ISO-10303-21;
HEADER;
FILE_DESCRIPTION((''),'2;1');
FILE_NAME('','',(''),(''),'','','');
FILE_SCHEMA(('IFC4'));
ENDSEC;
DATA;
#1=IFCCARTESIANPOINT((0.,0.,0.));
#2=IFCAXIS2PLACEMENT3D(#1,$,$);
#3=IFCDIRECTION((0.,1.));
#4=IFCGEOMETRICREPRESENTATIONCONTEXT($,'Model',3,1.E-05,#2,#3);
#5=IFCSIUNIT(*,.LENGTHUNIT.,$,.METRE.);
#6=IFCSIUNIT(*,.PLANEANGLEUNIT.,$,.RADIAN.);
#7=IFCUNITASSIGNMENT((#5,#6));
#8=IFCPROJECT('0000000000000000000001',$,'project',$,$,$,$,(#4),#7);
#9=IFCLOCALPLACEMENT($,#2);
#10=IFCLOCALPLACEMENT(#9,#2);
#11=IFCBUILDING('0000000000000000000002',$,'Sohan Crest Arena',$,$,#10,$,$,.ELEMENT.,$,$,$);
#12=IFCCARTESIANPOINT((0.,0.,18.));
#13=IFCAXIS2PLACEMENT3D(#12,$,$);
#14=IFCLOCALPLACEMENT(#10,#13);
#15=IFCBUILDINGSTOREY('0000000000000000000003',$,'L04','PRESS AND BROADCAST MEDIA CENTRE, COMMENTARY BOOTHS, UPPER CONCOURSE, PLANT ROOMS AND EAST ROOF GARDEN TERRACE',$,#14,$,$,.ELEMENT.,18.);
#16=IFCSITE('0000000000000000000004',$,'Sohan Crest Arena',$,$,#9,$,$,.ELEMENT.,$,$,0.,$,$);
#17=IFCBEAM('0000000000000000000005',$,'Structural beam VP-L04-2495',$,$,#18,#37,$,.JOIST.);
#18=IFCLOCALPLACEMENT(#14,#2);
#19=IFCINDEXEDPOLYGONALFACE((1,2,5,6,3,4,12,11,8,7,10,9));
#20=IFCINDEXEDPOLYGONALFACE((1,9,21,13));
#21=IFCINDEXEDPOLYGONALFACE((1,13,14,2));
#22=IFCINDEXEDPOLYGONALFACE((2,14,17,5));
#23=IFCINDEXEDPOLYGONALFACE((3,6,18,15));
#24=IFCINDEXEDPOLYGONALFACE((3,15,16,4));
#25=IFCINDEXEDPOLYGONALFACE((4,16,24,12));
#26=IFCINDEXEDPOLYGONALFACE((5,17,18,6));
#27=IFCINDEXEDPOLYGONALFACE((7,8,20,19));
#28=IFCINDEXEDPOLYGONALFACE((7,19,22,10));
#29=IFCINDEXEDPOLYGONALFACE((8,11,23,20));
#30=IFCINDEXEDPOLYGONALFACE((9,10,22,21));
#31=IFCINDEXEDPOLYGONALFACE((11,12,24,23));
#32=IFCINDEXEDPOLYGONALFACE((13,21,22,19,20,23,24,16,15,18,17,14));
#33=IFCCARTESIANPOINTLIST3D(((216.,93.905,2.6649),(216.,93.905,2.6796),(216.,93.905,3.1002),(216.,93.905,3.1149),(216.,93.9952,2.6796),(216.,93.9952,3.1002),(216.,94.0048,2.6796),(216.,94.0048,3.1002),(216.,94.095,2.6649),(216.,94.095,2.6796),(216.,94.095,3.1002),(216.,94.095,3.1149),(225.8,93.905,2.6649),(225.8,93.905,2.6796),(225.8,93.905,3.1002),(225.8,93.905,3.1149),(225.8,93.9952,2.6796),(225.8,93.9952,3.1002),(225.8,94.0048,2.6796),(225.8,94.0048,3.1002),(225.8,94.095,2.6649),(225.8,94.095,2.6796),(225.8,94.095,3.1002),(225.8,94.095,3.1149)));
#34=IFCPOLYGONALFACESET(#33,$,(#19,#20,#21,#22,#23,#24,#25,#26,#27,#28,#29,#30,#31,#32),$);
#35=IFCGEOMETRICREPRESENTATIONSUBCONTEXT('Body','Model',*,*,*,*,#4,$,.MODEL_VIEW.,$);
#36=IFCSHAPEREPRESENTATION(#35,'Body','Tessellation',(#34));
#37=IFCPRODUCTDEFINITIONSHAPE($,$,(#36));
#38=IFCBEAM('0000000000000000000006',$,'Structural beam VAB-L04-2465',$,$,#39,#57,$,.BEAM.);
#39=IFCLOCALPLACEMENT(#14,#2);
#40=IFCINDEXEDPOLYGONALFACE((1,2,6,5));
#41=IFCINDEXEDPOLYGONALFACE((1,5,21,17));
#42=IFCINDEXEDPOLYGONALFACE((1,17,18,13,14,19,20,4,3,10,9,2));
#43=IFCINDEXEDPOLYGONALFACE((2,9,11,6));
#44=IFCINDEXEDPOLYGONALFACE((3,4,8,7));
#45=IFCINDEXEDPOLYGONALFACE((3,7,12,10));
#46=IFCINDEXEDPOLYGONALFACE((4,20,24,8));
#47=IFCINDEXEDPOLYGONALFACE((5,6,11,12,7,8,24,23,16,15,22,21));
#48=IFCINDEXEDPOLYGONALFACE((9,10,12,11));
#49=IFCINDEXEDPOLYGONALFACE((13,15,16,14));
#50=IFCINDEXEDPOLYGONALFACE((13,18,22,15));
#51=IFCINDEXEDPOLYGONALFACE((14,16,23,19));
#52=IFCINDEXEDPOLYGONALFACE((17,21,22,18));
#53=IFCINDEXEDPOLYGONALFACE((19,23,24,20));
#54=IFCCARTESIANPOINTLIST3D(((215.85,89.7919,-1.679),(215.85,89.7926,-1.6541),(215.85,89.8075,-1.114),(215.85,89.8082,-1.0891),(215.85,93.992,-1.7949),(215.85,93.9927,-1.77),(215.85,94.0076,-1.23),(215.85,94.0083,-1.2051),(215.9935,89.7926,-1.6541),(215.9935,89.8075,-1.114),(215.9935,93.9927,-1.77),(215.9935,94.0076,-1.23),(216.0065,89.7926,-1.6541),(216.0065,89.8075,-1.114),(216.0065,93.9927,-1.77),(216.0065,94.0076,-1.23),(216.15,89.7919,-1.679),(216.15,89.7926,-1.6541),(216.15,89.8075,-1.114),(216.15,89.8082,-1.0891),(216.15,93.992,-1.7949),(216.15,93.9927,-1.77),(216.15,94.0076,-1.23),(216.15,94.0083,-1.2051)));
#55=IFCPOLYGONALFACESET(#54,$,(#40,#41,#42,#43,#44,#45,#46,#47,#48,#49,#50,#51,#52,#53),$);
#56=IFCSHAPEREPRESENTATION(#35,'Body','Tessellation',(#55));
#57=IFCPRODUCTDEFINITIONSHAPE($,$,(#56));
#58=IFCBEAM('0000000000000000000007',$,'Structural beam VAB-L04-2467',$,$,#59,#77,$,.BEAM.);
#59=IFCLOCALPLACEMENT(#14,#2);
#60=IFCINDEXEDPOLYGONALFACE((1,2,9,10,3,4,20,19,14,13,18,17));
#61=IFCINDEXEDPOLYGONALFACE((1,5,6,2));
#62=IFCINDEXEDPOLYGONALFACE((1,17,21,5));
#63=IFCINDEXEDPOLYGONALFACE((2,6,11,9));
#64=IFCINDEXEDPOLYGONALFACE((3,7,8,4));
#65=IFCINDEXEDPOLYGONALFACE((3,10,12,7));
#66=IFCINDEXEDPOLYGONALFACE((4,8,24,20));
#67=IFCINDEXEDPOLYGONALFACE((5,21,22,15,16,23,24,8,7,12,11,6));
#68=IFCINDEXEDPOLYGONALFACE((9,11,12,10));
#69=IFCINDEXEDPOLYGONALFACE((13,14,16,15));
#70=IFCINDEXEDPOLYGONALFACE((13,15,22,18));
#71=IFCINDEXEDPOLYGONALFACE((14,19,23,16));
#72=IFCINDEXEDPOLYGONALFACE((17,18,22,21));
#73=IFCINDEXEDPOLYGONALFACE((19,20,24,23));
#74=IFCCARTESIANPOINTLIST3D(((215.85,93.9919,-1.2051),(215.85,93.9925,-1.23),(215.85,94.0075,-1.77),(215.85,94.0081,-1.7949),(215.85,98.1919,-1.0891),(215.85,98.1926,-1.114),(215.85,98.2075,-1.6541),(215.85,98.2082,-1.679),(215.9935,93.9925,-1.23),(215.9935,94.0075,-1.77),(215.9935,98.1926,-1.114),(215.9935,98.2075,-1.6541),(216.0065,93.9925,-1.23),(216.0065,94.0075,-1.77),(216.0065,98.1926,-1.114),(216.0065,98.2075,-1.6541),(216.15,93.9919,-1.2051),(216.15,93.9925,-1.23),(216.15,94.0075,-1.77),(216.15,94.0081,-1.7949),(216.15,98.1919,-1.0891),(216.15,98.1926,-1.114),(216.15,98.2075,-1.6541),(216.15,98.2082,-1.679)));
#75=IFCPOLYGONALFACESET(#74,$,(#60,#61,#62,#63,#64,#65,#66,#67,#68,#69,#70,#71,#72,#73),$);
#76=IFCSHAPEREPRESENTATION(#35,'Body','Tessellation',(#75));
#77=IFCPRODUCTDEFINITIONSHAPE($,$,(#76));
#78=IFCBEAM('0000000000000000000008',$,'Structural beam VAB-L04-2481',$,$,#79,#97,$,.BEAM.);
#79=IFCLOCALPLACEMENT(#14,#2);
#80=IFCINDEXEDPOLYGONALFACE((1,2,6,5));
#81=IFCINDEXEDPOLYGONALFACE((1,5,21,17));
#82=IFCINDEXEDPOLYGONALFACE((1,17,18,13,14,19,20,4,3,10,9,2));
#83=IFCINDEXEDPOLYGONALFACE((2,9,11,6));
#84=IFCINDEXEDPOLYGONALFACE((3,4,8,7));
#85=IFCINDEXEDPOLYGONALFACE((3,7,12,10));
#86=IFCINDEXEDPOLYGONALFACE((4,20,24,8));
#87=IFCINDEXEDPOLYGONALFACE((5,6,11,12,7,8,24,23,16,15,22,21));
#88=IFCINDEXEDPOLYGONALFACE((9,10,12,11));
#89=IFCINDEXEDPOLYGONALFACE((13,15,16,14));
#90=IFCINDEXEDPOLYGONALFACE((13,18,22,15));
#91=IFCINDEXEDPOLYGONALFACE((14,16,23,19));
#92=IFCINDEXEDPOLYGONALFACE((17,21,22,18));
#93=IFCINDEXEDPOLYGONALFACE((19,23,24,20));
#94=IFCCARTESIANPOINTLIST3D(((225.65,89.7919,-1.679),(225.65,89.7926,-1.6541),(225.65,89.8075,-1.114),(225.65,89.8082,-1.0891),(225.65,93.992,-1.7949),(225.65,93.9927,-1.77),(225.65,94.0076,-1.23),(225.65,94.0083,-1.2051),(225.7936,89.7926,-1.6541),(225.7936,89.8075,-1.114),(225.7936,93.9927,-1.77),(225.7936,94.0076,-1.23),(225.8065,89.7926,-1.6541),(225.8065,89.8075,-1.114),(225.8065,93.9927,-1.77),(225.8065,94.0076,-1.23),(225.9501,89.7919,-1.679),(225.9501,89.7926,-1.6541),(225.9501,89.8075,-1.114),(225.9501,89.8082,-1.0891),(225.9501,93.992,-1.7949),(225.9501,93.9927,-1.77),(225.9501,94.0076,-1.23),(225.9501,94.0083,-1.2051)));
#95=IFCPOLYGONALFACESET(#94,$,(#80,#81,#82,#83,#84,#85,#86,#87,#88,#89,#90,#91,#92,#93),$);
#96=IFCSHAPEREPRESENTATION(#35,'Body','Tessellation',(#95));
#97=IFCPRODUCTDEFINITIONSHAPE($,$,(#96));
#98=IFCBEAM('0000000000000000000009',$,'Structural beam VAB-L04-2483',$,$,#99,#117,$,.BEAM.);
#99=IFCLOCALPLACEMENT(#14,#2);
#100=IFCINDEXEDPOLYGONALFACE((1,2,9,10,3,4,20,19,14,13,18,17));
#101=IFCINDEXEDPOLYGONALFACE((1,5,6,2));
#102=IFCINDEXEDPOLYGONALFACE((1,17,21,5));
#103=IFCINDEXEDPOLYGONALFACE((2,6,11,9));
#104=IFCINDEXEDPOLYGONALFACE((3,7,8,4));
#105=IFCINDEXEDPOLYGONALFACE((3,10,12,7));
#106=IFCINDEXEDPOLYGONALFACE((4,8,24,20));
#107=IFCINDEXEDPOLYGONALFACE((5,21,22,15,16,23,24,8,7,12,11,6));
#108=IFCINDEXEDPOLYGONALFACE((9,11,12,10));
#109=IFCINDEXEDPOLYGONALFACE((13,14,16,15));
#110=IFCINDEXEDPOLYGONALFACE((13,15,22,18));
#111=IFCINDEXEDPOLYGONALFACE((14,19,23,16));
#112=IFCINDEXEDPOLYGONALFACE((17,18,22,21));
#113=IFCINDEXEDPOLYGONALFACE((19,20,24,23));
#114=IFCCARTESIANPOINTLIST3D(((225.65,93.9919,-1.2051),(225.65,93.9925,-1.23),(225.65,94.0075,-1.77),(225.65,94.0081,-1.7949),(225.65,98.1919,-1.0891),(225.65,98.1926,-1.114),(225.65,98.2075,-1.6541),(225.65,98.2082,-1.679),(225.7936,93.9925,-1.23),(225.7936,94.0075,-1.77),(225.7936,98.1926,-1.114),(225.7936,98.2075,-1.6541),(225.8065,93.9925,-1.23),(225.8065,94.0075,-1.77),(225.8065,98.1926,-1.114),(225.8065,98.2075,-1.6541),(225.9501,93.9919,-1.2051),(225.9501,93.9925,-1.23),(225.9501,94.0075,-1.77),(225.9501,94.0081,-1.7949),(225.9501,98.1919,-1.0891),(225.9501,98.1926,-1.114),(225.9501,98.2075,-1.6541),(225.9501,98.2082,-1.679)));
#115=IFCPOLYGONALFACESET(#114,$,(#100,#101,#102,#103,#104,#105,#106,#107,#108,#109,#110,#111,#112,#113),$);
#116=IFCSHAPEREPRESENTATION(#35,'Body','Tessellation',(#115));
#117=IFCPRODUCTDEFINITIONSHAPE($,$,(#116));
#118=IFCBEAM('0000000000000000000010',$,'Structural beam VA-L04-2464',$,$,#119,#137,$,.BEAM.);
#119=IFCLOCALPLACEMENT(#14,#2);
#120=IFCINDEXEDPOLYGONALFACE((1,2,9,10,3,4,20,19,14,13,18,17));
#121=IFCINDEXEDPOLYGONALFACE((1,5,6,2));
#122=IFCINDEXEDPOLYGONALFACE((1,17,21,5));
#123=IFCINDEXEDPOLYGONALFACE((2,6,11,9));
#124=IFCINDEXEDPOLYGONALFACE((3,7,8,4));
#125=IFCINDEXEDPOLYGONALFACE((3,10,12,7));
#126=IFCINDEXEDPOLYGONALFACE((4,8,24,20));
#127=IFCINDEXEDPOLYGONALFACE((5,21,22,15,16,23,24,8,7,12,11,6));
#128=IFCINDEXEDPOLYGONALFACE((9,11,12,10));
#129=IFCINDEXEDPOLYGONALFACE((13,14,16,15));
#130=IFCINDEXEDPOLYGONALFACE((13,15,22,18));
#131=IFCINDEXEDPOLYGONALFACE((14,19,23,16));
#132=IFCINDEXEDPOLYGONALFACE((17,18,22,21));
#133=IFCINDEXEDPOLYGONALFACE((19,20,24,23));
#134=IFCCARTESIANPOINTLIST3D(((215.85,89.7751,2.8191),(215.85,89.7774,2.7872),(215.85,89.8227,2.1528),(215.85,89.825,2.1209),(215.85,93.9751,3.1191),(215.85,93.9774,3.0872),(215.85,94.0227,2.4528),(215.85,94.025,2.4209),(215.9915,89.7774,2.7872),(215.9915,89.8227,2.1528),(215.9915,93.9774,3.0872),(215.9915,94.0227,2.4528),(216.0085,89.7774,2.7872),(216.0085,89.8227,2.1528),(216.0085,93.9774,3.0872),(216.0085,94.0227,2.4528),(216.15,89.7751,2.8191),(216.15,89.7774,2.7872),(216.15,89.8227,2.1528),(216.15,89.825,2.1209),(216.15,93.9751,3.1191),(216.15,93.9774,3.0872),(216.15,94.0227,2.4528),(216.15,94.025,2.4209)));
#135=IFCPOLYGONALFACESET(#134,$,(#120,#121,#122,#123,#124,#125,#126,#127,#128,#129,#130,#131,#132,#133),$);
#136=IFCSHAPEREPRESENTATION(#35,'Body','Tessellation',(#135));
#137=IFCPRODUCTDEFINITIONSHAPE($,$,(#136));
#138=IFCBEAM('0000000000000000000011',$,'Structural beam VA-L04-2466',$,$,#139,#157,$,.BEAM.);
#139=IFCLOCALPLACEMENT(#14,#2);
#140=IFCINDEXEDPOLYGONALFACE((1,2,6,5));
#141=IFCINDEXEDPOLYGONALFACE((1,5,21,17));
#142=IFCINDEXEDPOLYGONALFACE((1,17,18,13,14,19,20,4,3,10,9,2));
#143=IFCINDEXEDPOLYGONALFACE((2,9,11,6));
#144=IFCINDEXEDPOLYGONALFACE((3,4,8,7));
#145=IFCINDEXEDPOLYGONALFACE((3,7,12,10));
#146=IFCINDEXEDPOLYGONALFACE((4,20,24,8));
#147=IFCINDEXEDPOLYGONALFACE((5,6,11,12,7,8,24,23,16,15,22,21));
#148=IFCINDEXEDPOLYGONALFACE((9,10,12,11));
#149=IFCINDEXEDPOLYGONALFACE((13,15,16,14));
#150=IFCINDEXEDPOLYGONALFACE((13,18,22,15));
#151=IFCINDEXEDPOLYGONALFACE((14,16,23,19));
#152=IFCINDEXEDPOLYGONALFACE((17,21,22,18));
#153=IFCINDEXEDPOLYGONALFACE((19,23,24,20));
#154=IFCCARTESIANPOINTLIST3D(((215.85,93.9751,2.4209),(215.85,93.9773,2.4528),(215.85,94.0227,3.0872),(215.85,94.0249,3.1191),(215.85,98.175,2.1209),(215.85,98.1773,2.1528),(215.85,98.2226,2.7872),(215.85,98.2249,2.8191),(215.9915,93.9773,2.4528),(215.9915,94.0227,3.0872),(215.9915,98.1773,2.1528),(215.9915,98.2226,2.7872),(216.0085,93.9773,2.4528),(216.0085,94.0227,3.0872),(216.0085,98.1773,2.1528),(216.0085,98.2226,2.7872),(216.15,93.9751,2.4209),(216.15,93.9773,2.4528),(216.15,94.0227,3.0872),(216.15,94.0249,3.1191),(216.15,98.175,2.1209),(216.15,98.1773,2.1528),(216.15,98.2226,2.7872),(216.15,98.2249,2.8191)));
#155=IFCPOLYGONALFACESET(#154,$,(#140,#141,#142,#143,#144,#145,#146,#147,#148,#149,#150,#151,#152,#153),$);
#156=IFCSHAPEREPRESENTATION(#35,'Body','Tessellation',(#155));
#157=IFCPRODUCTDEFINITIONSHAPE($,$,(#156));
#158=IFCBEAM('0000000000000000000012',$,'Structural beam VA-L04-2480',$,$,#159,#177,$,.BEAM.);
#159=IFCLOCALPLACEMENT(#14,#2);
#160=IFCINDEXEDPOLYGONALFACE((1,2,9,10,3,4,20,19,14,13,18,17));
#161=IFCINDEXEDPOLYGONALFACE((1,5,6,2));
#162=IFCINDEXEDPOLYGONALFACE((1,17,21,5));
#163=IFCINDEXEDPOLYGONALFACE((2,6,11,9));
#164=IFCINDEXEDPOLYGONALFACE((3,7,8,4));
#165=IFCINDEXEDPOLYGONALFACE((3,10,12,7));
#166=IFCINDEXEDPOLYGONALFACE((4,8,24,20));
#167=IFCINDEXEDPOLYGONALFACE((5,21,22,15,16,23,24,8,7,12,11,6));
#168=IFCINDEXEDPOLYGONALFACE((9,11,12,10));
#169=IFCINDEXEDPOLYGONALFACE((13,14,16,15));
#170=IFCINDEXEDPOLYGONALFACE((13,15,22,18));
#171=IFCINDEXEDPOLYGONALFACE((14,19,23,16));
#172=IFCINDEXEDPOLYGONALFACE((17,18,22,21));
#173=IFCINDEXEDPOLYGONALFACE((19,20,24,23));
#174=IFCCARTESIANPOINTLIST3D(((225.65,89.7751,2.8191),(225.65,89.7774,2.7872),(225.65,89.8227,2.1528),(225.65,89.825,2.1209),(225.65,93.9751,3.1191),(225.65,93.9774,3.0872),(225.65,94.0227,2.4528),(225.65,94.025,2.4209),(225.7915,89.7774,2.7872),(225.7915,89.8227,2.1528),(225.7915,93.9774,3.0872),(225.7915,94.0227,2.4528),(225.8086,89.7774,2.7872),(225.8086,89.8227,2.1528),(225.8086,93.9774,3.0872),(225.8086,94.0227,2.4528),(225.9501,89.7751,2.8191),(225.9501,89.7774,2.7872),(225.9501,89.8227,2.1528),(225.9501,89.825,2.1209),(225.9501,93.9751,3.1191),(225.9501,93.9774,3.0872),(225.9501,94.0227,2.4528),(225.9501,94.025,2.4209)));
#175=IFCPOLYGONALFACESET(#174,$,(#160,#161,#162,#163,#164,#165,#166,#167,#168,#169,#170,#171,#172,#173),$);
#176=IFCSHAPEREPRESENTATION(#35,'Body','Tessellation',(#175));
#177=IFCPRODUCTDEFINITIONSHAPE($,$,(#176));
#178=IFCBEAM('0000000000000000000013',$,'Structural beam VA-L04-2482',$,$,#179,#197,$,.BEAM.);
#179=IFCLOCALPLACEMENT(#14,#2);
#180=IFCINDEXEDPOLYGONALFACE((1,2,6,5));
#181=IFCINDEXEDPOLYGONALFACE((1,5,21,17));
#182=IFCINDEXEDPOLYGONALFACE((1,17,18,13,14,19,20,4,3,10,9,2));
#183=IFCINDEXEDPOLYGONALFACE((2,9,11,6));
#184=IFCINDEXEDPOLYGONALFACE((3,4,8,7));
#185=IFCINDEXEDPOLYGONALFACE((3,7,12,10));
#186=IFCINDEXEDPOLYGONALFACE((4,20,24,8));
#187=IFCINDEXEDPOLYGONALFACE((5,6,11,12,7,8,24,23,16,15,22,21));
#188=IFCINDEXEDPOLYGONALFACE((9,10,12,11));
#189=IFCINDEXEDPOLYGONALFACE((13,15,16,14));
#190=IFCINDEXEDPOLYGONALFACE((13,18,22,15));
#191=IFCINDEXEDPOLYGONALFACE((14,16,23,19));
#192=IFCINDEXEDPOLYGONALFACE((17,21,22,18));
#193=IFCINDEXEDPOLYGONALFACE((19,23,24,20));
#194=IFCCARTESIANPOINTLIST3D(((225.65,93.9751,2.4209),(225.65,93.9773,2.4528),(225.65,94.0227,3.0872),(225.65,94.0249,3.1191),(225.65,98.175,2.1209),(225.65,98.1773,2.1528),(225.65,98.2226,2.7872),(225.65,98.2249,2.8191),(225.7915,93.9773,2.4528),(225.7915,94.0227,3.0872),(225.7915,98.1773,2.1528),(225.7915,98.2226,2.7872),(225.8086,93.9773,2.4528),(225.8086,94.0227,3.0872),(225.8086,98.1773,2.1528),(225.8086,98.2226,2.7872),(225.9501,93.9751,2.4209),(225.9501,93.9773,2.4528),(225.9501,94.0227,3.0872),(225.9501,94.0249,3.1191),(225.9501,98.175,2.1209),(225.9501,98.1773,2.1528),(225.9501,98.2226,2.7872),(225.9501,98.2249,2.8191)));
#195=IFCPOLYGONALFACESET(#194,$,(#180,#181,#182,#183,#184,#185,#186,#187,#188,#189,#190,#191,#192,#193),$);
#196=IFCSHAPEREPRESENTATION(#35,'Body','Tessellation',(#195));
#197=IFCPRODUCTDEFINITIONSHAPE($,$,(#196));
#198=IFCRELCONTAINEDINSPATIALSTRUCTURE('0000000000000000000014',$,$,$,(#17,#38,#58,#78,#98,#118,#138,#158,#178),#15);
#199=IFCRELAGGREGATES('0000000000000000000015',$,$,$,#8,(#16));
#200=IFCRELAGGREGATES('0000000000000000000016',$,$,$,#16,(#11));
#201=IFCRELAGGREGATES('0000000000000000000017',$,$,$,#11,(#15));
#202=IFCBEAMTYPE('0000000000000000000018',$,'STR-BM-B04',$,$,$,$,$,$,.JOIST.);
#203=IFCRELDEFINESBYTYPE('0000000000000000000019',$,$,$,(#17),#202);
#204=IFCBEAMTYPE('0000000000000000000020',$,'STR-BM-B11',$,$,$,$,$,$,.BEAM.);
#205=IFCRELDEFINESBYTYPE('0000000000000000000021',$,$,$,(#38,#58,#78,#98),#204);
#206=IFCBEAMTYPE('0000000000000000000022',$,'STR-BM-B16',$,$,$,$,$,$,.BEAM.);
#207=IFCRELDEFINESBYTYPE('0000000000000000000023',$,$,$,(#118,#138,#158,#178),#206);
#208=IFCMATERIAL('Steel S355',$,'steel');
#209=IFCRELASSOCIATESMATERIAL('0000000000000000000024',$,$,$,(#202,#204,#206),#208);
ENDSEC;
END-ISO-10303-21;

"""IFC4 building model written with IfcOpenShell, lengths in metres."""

from ifc_helpers import new_model, si_unit, direction, frame, origin, origin_2d, place, context, subcontext, project, spatial, i_section, extrude, material, material_profile, profile_set, type_object, element, save


model = new_model("IFC4")

# Units and contexts
model_context = context("Model", 3, precision=1e-05, world=origin(), true_north=direction((0.0, 1.0)))
body_context = subcontext(model_context, "Body", "Model", "MODEL_VIEW")
ifc_project = project(units=[si_unit("LENGTHUNIT", "METRE"), si_unit("PLANEANGLEUNIT", "RADIAN")], contexts=[model_context])

# Site, building, storey
site_placement = place(None, origin())
site = spatial("IfcSite", under=ifc_project, at=site_placement, Name="Sohan Crest Arena", CompositionType="ELEMENT", RefElevation=0.0)
building_placement = place(site_placement, origin())
building = spatial("IfcBuilding", under=site, at=building_placement, Name="Sohan Crest Arena", CompositionType="ELEMENT")
storey_placement = place(building_placement, frame((0.0, 0.0, 18.0)))
storey = spatial("IfcBuildingStorey", under=building, at=storey_placement, Name="L04", Description="PRESS AND BROADCAST MEDIA CENTRE, COMMENTARY BOOTHS, UPPER CONCOURSE, PLANT ROOMS AND EAST ROOF GARDEN TERRACE", CompositionType="ELEMENT", Elevation=18.0)

# Beams
ifc_material = material(Name="Steel S355", Category="steel")
ifc_material_profile_1 = material_profile(ifc_material, i_section(OverallWidth=0.1899, OverallDepth=0.45, WebThickness=0.0095, FlangeThickness=0.0146, at=origin_2d()), Name="IPE 450")
ifc_profile_set_1 = profile_set([ifc_material_profile_1], Name="Steel S355")
beam_type_1 = type_object("IfcBeamType", Name="STR-BM-B04", PredefinedType="JOIST", material=ifc_profile_set_1)
beam_placement = place(storey_placement, frame((216.0, 94.0, 2.8899), z_axis=(1.0, 0.0, 0.0), x_axis=(0.0, 1.0, 0.0)))
element("IfcBeam", 1, at=beam_placement, inside=storey, type_object=beam_type_1, Name="Structural beam VP-L04-2495", PredefinedType="JOIST", context=body_context, shape_type="SweptSolid", body=[
    extrude(i_section(OverallWidth=0.1899, OverallDepth=0.45, WebThickness=0.0095, FlangeThickness=0.0146, at=origin_2d()), origin(), (0.0, 0.0, 1.0), 9.8),
])
ifc_material_profile_2 = material_profile(ifc_material, i_section(OverallWidth=0.3, OverallDepth=0.5901, WebThickness=0.0129, FlangeThickness=0.0249, at=origin_2d()), Name="HEA 600")
ifc_profile_set_2 = profile_set([ifc_material_profile_2], Name="Steel S355")
beam_type_2 = type_object("IfcBeamType", Name="STR-BM-B11", PredefinedType="BEAM", material=ifc_profile_set_2)
for number, where, z_axis, x_axis, name in (
    (2, (216.0, 89.8, -1.384), (0.0, 0.999619, -0.027601), (-1.0, 0.0, 0.0), "Structural beam VAB-L04-2465"),
    (3, (216.0, 94.0, -1.5), (0.0, 0.999619, 0.027601), (-1.0, 0.0, 0.0), "Structural beam VAB-L04-2467"),
    (4, (225.8, 89.8, -1.384), (0.0, 0.999619, -0.027601), (-1.0, 0.0, 0.0), "Structural beam VAB-L04-2481"),
    (5, (225.8, 94.0, -1.5), (0.0, 0.999619, 0.027601), (-1.0, 0.0, 0.0), "Structural beam VAB-L04-2483"),
):
    element("IfcBeam", number, at=place(storey_placement, frame(where, z_axis=z_axis, x_axis=x_axis)), inside=storey, type_object=beam_type_2, Name=name, PredefinedType="BEAM", context=body_context, shape_type="SweptSolid", body=[
        extrude(i_section(OverallWidth=0.3, OverallDepth=0.5901, WebThickness=0.0129, FlangeThickness=0.0249, at=origin_2d()), origin(), (0.0, 0.0, 1.0), 4.2017),
    ])
ifc_material_profile_3 = material_profile(ifc_material, i_section(OverallWidth=0.3, OverallDepth=0.7, WebThickness=0.0171, FlangeThickness=0.032, at=origin_2d()), Name="HEB 700")
ifc_profile_set_3 = profile_set([ifc_material_profile_3], Name="Steel S355")
beam_type_3 = type_object("IfcBeamType", Name="STR-BM-B16", PredefinedType="BEAM", material=ifc_profile_set_3)
for number, where, z_axis, x_axis, name in (
    (6, (216.0, 89.8, 2.47), (0.0, 0.997458, 0.071259), (-1.0, 0.0, 0.0), "Structural beam VA-L04-2464"),
    (7, (216.0, 94.0, 2.77), (0.0, 0.997458, -0.071259), (-1.0, 0.0, 0.0), "Structural beam VA-L04-2466"),
    (8, (225.8, 89.8, 2.47), (0.0, 0.997458, 0.071259), (-1.0, 0.0, 0.0), "Structural beam VA-L04-2480"),
    (9, (225.8, 94.0, 2.77), (0.0, 0.997458, -0.071259), (-1.0, 0.0, 0.0), "Structural beam VA-L04-2482"),
):
    element("IfcBeam", number, at=place(storey_placement, frame(where, z_axis=z_axis, x_axis=x_axis)), inside=storey, type_object=beam_type_3, Name=name, PredefinedType="BEAM", context=body_context, shape_type="SweptSolid", body=[
        extrude(i_section(OverallWidth=0.3, OverallDepth=0.7, WebThickness=0.0171, FlangeThickness=0.032, at=origin_2d()), origin(), (0.0, 0.0, 1.0), 4.2107),
    ])

save(model, "model.ifc")
